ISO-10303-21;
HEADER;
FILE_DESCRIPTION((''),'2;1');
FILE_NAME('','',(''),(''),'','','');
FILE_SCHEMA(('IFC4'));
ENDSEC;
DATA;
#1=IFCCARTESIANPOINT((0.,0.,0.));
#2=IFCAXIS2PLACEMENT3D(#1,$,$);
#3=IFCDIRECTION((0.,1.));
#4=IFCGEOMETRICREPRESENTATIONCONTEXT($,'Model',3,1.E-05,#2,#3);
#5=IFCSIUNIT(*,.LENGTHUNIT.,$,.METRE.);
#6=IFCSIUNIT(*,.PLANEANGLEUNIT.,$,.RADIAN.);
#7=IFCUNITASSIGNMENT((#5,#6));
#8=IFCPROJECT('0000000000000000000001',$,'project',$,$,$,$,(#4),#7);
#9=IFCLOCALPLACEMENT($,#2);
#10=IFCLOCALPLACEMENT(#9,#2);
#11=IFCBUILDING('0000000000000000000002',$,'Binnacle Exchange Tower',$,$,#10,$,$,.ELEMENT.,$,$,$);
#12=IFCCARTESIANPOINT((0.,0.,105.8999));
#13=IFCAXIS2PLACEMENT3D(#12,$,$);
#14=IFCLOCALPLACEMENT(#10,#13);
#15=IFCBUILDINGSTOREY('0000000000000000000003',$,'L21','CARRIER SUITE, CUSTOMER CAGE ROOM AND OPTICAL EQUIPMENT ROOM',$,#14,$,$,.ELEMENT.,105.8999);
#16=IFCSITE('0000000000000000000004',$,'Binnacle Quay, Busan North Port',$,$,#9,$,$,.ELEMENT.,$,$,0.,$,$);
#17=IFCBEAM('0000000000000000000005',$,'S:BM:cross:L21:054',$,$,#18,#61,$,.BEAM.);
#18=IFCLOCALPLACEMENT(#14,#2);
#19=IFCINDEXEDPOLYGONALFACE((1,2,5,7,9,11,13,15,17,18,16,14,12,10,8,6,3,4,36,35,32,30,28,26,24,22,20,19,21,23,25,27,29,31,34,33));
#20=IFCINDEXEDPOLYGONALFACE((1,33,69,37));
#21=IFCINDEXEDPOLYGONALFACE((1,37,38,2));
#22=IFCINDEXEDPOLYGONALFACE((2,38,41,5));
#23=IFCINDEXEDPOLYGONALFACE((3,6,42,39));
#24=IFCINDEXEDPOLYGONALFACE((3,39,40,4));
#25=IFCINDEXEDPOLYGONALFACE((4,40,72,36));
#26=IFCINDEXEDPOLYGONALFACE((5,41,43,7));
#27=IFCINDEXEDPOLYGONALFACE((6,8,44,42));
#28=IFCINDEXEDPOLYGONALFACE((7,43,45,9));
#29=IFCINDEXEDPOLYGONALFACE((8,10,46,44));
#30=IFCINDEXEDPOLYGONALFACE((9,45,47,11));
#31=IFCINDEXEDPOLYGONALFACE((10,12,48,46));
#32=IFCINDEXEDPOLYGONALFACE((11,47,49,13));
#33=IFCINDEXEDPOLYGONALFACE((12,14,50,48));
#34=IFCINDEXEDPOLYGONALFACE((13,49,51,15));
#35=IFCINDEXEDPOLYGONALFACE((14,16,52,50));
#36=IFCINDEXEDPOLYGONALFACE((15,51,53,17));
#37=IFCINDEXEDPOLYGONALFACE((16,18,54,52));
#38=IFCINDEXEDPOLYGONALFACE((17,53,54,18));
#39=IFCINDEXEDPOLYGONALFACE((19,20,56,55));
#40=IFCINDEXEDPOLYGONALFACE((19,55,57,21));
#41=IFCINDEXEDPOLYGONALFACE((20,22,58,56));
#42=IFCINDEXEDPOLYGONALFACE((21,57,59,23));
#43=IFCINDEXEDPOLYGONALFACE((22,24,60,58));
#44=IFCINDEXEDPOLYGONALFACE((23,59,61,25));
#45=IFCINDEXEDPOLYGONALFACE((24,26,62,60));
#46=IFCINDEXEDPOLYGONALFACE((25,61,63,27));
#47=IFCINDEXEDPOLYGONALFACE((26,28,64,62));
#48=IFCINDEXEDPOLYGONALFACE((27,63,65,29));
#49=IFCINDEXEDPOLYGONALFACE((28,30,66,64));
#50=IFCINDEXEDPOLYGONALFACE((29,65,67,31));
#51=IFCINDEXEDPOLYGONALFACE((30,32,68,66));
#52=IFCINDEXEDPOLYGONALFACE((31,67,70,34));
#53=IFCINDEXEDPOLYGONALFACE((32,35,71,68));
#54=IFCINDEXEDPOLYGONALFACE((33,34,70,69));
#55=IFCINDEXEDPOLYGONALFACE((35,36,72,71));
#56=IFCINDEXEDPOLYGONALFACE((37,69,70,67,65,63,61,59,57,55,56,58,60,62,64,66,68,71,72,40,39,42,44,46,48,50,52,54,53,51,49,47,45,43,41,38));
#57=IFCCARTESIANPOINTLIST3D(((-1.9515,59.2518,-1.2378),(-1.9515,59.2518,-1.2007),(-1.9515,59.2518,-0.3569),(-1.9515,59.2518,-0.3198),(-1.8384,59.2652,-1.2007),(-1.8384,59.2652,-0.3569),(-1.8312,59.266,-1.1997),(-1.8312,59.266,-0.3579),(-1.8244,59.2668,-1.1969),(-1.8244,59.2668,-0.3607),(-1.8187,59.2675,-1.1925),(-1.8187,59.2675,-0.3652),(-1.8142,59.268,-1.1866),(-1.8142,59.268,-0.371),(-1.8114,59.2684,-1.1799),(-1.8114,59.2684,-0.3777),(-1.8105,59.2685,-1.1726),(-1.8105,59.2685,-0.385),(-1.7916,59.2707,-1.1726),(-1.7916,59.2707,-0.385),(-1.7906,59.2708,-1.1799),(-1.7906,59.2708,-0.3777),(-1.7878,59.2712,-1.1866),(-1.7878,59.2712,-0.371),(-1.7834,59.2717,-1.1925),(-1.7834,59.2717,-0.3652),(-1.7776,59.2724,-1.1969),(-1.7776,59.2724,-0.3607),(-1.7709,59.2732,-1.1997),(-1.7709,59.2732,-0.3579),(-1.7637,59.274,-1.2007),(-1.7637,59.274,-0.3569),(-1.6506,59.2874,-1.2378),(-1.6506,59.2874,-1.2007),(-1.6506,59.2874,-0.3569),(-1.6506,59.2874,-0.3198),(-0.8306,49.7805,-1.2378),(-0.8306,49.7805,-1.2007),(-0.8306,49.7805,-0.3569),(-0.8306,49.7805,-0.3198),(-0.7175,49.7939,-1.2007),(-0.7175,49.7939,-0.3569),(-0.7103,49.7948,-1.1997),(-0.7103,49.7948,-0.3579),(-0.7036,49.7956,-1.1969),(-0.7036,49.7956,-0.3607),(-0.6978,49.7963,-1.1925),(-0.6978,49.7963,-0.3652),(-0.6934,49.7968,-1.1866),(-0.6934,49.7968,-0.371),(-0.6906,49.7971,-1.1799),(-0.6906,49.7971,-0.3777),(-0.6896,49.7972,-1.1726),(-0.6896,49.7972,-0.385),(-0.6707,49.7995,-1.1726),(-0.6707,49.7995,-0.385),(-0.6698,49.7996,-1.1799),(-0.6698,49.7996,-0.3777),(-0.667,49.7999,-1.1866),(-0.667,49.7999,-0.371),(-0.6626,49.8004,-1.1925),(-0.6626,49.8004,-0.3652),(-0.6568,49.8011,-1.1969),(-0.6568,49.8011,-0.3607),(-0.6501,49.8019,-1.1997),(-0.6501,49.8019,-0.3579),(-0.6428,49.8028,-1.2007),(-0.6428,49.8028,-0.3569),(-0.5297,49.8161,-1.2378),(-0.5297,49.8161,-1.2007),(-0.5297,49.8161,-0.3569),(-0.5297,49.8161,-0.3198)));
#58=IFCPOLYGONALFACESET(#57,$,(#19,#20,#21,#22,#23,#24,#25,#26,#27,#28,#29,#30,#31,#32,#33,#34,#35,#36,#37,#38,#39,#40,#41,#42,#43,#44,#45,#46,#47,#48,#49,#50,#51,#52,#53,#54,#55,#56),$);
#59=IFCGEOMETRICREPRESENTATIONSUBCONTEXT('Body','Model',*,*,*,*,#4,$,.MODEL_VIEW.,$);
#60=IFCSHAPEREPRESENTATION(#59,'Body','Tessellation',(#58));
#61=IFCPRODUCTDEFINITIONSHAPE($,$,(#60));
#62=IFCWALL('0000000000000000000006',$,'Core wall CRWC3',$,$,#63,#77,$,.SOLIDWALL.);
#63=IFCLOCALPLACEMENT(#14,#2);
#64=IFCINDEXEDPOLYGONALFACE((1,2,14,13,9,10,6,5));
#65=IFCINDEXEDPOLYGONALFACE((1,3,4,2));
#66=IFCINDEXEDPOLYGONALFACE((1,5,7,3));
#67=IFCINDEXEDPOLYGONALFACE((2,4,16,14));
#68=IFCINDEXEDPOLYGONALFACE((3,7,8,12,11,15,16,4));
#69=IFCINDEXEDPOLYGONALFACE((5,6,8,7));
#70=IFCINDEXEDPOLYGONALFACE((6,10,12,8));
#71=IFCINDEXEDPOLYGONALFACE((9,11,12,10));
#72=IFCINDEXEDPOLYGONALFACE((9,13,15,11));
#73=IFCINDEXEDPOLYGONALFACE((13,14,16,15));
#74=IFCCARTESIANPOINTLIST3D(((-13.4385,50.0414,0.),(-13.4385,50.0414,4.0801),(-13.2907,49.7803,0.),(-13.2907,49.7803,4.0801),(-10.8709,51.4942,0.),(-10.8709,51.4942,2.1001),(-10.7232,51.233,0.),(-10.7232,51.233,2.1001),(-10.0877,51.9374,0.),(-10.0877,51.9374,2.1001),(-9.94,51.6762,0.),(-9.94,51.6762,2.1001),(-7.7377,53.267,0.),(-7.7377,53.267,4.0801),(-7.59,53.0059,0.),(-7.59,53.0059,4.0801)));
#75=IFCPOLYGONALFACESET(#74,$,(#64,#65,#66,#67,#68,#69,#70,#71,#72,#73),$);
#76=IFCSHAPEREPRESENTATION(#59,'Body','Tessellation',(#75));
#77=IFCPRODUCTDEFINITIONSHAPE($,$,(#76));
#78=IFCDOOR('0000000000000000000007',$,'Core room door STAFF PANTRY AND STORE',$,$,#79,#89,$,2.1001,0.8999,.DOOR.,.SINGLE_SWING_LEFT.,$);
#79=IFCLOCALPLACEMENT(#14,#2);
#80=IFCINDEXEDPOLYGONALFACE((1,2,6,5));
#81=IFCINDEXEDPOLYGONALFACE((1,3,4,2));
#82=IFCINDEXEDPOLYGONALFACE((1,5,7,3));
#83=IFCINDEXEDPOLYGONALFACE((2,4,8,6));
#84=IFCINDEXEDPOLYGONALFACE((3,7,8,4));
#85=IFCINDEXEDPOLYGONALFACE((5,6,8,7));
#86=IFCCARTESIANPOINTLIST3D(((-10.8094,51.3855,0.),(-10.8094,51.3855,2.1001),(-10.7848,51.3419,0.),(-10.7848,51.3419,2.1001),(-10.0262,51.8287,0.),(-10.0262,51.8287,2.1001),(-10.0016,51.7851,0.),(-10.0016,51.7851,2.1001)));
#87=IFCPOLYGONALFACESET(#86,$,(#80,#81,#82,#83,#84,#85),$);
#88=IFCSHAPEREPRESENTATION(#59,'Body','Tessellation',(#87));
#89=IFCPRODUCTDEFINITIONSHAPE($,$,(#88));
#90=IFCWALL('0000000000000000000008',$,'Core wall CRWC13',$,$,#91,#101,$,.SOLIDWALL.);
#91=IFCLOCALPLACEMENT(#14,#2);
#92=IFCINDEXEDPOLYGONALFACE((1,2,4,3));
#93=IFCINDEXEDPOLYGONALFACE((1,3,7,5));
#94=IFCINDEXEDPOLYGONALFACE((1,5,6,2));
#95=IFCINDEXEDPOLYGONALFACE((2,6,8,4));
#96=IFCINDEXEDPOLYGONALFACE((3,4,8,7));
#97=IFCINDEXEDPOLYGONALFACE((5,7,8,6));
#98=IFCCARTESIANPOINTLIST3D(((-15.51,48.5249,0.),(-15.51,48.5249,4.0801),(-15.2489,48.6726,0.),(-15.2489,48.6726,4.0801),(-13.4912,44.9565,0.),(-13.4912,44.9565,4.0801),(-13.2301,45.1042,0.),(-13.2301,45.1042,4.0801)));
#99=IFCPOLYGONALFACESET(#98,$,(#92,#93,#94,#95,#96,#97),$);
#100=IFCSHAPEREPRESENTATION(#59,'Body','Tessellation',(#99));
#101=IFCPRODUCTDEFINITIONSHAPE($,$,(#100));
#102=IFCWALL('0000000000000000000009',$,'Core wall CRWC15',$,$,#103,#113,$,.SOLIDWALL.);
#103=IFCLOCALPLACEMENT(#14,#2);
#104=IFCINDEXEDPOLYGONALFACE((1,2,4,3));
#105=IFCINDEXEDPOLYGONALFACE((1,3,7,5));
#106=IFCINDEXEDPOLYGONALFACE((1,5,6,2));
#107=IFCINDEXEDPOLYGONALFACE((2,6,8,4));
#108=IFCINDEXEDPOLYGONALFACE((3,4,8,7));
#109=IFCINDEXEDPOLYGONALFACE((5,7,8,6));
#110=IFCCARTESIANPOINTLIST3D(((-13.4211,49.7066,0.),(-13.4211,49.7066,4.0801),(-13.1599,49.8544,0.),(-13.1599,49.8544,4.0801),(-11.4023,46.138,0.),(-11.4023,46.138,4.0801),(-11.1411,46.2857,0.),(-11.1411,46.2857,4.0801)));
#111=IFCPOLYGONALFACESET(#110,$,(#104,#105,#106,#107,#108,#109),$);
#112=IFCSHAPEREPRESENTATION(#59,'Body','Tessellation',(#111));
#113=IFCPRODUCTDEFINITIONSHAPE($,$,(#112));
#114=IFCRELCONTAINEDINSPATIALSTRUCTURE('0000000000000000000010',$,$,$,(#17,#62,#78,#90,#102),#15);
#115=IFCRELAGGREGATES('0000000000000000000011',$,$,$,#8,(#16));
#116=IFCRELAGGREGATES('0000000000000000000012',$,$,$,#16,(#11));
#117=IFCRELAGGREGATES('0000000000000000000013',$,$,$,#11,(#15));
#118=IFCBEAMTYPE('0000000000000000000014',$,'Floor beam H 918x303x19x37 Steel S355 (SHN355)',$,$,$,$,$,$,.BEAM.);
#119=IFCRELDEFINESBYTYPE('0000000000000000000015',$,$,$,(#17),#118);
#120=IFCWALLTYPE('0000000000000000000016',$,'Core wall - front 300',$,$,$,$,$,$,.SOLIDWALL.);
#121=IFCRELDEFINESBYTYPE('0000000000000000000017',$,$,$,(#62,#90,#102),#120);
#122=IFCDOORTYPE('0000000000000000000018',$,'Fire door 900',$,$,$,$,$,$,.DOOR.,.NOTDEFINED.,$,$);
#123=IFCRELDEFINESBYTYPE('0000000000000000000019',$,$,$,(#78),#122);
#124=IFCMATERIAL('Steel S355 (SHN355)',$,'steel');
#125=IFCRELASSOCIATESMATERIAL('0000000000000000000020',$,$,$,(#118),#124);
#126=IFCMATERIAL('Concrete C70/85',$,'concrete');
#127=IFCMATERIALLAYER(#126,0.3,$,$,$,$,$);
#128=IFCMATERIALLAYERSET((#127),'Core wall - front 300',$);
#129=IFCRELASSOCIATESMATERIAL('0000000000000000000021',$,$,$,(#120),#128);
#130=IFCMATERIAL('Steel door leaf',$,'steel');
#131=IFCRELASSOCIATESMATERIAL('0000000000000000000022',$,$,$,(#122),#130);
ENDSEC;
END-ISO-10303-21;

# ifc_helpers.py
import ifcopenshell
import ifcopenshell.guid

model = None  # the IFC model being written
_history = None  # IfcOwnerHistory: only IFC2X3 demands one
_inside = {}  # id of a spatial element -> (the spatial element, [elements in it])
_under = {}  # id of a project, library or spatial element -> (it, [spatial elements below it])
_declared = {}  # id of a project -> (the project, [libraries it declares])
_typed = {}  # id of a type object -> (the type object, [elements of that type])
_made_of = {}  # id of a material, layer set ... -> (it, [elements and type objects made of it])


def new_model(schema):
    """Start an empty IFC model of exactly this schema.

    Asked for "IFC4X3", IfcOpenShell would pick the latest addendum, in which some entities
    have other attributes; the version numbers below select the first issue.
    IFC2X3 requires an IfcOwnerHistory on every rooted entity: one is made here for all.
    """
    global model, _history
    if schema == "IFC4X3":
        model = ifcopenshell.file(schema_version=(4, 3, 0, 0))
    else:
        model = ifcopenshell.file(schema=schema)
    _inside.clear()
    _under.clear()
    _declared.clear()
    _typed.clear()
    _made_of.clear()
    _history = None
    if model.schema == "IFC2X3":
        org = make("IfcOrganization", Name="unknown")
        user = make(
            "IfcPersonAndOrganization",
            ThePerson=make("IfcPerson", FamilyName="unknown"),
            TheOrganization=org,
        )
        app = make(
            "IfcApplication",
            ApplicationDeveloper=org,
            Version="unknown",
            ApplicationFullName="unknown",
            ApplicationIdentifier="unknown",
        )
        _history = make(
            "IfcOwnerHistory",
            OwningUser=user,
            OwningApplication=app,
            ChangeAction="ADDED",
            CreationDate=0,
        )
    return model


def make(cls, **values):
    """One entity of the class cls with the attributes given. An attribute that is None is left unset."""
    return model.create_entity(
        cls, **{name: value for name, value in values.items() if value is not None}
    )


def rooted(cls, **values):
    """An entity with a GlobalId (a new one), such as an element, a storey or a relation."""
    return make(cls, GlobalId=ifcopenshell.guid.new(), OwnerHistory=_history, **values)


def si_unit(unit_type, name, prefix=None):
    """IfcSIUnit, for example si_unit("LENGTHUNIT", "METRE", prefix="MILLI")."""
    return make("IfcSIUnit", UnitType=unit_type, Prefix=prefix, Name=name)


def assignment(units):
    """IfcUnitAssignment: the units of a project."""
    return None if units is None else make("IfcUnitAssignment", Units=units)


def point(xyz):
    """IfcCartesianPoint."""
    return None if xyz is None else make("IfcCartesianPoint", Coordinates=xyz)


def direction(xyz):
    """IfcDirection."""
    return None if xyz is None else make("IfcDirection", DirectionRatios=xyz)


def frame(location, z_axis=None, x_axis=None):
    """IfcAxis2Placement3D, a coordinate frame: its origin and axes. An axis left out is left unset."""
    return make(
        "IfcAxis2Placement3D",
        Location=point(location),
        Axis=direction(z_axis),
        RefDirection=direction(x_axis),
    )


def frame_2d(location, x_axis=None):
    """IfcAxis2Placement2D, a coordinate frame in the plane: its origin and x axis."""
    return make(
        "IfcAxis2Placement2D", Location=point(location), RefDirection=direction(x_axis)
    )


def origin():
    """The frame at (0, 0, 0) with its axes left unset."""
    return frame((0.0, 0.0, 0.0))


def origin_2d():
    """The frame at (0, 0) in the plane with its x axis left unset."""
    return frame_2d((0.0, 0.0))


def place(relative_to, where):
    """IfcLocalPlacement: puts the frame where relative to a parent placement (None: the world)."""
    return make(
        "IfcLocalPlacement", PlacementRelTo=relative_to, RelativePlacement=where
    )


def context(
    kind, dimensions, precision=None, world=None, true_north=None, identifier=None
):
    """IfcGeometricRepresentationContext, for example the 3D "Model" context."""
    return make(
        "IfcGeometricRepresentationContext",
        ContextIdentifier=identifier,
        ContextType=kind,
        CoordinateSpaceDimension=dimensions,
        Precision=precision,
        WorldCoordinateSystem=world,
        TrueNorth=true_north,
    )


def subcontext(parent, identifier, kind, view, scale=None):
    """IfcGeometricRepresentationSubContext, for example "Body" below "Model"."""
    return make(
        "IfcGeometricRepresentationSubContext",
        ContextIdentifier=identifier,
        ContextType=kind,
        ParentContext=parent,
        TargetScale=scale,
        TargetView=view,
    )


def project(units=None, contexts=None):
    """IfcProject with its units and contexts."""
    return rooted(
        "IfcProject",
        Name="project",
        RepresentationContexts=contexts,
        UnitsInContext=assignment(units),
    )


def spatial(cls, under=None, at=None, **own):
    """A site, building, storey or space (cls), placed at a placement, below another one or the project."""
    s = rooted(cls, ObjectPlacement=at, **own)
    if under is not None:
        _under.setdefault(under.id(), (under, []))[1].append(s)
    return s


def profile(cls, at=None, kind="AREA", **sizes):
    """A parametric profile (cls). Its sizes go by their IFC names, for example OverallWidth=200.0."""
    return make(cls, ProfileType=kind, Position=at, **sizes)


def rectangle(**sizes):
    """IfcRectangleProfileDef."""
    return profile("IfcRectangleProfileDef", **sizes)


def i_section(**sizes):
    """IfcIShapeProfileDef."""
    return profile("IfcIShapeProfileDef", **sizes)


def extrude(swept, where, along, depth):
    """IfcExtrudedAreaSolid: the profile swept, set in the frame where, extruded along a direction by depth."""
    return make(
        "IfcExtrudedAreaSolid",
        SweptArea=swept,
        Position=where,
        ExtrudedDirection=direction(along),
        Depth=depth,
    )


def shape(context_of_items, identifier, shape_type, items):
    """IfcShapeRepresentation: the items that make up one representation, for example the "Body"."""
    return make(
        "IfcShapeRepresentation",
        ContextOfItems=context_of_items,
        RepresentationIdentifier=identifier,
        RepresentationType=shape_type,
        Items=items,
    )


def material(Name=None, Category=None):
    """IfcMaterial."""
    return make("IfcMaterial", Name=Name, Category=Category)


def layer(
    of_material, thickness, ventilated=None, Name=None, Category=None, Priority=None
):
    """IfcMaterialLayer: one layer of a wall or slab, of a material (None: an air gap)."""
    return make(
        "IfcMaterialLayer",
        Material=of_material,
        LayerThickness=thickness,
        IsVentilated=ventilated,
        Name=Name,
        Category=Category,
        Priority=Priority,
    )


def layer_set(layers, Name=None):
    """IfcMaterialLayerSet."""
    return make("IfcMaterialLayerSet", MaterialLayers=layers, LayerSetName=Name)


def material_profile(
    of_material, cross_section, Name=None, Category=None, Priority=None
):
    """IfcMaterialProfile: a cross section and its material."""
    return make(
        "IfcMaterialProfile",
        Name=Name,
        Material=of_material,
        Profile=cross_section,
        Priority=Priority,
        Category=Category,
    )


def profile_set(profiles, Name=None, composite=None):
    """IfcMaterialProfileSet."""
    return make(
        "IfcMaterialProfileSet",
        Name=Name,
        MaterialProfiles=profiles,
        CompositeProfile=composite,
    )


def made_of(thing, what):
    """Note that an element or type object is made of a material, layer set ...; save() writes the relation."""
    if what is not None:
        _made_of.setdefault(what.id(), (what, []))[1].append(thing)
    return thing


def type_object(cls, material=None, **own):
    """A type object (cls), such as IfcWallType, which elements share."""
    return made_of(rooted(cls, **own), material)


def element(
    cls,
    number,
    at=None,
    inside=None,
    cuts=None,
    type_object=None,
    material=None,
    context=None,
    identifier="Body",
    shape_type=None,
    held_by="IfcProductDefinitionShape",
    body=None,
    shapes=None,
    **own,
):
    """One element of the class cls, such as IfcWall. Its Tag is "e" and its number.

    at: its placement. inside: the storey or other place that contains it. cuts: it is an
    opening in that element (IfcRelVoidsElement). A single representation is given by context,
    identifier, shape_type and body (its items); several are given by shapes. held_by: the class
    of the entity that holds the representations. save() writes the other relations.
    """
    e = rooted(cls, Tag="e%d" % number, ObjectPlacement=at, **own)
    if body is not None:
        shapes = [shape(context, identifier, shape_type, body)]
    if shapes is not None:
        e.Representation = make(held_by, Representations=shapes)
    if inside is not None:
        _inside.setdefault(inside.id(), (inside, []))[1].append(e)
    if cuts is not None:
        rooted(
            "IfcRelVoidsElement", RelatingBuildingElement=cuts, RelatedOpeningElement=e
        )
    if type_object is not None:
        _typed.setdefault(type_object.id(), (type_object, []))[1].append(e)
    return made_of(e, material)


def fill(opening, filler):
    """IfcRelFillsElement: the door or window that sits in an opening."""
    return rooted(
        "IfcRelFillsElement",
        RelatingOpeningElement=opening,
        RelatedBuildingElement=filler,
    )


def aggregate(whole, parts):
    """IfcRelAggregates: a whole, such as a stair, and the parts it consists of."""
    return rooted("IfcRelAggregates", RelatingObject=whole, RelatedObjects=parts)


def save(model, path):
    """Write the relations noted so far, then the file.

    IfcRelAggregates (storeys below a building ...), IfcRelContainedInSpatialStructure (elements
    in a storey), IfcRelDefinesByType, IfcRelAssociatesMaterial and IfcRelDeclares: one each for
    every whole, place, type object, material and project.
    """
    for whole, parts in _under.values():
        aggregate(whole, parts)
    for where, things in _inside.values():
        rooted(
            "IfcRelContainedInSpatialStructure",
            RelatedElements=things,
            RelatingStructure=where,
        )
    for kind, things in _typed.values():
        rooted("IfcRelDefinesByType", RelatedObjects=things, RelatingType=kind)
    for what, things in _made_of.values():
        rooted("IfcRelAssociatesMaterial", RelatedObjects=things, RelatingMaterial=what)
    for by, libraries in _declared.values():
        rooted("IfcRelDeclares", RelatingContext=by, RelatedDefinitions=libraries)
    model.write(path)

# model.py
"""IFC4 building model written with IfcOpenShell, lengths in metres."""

from ifc_helpers import new_model, si_unit, direction, frame, frame_2d, origin, origin_2d, place, context, subcontext, project, spatial, rectangle, i_section, extrude, material, layer, layer_set, material_profile, profile_set, type_object, element, fill, save


model = new_model("IFC4")

# Units and contexts
model_context = context("Model", 3, precision=1e-05, world=origin(), true_north=direction((0.0, 1.0)))
body_context = subcontext(model_context, "Body", "Model", "MODEL_VIEW")
ifc_project = project(units=[si_unit("LENGTHUNIT", "METRE"), si_unit("PLANEANGLEUNIT", "RADIAN")], contexts=[model_context])

# Site, building, storey
site_placement = place(None, origin())
site = spatial("IfcSite", under=ifc_project, at=site_placement, Name="Binnacle Quay, Busan North Port", CompositionType="ELEMENT", RefElevation=0.0)
building_placement = place(site_placement, origin())
building = spatial("IfcBuilding", under=site, at=building_placement, Name="Binnacle Exchange Tower", CompositionType="ELEMENT")
storey_placement = place(building_placement, frame((0.0, 0.0, 105.8999)))
storey = spatial("IfcBuildingStorey", under=building, at=storey_placement, Name="L21", Description="CARRIER SUITE, CUSTOMER CAGE ROOM AND OPTICAL EQUIPMENT ROOM", CompositionType="ELEMENT", Elevation=105.8999)

# Shared definitions
ifc_material_1 = material(Name="Concrete C70/85", Category="concrete")

# Beam
ifc_material_2 = material(Name="Steel S355 (SHN355)", Category="steel")
ifc_material_profile_1 = material_profile(ifc_material_2, i_section(OverallWidth=0.303, OverallDepth=0.918, WebThickness=0.019, FlangeThickness=0.0371, FilletRadius=0.0281, at=origin_2d()), Name="H 918x303x19x37")
ifc_profile_set_1 = profile_set([ifc_material_profile_1], Name="Steel S355 (SHN355)")
beam_type_1 = type_object("IfcBeamType", Name="Floor beam H 918x303x19x37 Steel S355 (SHN355)", PredefinedType="BEAM", material=ifc_profile_set_1)
beam_1_placement = place(storey_placement, frame((-0.6802, 49.7983, -0.7788), z_axis=(-0.117523, 0.99307, 0.0), x_axis=(-0.99307, -0.117523, 0.0)))
element("IfcBeam", 1, at=beam_1_placement, inside=storey, type_object=beam_type_1, Name="S:BM:cross:L21:054", PredefinedType="BEAM", context=body_context, shape_type="SweptSolid", body=[
    extrude(i_section(OverallWidth=0.303, OverallDepth=0.918, WebThickness=0.019, FlangeThickness=0.0371, FilletRadius=0.0281, at=origin_2d()), origin(), (0.0, 0.0, 1.0), 9.5374),
])

# Wall, opening, door
ifc_layer_1 = layer(ifc_material_1, 0.3)
ifc_layer_set_1 = layer_set([ifc_layer_1], Name="Core wall - front 300")
wall_type_1 = type_object("IfcWallType", Name="Core wall - front 300", PredefinedType="SOLIDWALL", material=ifc_layer_set_1)
wall_1_placement = place(storey_placement, frame((-13.3645, 49.9109, 0.0), z_axis=(0.0, 0.0, 1.0), x_axis=(0.870336, 0.492458, 0.0)))
wall_1 = element("IfcWall", 2, at=wall_1_placement, inside=storey, type_object=wall_type_1, Name="Core wall CRWC3", PredefinedType="SOLIDWALL", context=body_context, shape_type="SweptSolid", body=[
    extrude(rectangle(XDim=6.55, YDim=0.3, at=frame_2d((3.2749, 0.0))), origin(), (0.0, 0.0, 1.0), 4.0801),
])
opening_1_placement = place(wall_1_placement, frame((2.95, 0.0, 0.0)))
opening_1 = element("IfcOpeningElement", 3, at=opening_1_placement, cuts=wall_1, PredefinedType="OPENING", context=body_context, shape_type="SweptSolid", body=[
    extrude(rectangle(XDim=0.8999, YDim=2.1001, at=frame_2d((0.45, 1.05))), frame((0.0, 0.1599, 0.0), z_axis=(0.0, -1.0, 0.0), x_axis=(1.0, 0.0, 0.0)), (0.0, 0.0, 1.0), 0.3201),
])
ifc_material_3 = material(Name="Steel door leaf", Category="steel")
door_type = type_object("IfcDoorType", Name="Fire door 900", OperationType="NOTDEFINED", PredefinedType="DOOR", material=ifc_material_3)
door_placement = place(opening_1_placement, frame((0.8999, 0.0, 0.0), z_axis=(0.0, 0.0, 1.0), x_axis=(-1.0, 0.0, 0.0)))
door = element("IfcDoor", 4, at=door_placement, inside=storey, type_object=door_type, Name="Core room door STAFF PANTRY AND STORE", OperationType="SINGLE_SWING_LEFT", OverallHeight=2.1001, OverallWidth=0.8999, PredefinedType="DOOR", context=body_context, shape_type="SweptSolid", body=[
    extrude(rectangle(XDim=0.8999, YDim=2.1001, at=frame_2d((0.45, 1.05))), frame((0.0, 0.0249, 0.0), z_axis=(0.0, -1.0, 0.0), x_axis=(1.0, 0.0, 0.0)), (0.0, 0.0, 1.0), 0.05),
])
fill(opening_1, door)

# Walls
wall_2_placement = place(storey_placement, frame((-15.3794, 48.5986, 0.0), z_axis=(0.0, 0.0, 1.0), x_axis=(0.492408, -0.870364, 0.0)))
element("IfcWall", 5, at=wall_2_placement, inside=storey, type_object=wall_type_1, Name="Core wall CRWC13", PredefinedType="SOLIDWALL", context=body_context, shape_type="SweptSolid", body=[
    extrude(rectangle(XDim=4.0999, YDim=0.3, at=frame_2d((2.0498, 0.0))), origin(), (0.0, 0.0, 1.0), 4.0801),
])
wall_3_placement = place(storey_placement, frame((-13.2905, 49.7805, 0.0), z_axis=(0.0, 0.0, 1.0), x_axis=(0.492383, -0.870379, 0.0)))
element("IfcWall", 6, at=wall_3_placement, inside=storey, type_object=wall_type_1, Name="Core wall CRWC15", PredefinedType="SOLIDWALL", context=body_context, shape_type="SweptSolid", body=[
    extrude(rectangle(XDim=4.1001, YDim=0.3, at=frame_2d((2.05, 0.0))), origin(), (0.0, 0.0, 1.0), 4.0801),
])

save(model, "model.ifc")
